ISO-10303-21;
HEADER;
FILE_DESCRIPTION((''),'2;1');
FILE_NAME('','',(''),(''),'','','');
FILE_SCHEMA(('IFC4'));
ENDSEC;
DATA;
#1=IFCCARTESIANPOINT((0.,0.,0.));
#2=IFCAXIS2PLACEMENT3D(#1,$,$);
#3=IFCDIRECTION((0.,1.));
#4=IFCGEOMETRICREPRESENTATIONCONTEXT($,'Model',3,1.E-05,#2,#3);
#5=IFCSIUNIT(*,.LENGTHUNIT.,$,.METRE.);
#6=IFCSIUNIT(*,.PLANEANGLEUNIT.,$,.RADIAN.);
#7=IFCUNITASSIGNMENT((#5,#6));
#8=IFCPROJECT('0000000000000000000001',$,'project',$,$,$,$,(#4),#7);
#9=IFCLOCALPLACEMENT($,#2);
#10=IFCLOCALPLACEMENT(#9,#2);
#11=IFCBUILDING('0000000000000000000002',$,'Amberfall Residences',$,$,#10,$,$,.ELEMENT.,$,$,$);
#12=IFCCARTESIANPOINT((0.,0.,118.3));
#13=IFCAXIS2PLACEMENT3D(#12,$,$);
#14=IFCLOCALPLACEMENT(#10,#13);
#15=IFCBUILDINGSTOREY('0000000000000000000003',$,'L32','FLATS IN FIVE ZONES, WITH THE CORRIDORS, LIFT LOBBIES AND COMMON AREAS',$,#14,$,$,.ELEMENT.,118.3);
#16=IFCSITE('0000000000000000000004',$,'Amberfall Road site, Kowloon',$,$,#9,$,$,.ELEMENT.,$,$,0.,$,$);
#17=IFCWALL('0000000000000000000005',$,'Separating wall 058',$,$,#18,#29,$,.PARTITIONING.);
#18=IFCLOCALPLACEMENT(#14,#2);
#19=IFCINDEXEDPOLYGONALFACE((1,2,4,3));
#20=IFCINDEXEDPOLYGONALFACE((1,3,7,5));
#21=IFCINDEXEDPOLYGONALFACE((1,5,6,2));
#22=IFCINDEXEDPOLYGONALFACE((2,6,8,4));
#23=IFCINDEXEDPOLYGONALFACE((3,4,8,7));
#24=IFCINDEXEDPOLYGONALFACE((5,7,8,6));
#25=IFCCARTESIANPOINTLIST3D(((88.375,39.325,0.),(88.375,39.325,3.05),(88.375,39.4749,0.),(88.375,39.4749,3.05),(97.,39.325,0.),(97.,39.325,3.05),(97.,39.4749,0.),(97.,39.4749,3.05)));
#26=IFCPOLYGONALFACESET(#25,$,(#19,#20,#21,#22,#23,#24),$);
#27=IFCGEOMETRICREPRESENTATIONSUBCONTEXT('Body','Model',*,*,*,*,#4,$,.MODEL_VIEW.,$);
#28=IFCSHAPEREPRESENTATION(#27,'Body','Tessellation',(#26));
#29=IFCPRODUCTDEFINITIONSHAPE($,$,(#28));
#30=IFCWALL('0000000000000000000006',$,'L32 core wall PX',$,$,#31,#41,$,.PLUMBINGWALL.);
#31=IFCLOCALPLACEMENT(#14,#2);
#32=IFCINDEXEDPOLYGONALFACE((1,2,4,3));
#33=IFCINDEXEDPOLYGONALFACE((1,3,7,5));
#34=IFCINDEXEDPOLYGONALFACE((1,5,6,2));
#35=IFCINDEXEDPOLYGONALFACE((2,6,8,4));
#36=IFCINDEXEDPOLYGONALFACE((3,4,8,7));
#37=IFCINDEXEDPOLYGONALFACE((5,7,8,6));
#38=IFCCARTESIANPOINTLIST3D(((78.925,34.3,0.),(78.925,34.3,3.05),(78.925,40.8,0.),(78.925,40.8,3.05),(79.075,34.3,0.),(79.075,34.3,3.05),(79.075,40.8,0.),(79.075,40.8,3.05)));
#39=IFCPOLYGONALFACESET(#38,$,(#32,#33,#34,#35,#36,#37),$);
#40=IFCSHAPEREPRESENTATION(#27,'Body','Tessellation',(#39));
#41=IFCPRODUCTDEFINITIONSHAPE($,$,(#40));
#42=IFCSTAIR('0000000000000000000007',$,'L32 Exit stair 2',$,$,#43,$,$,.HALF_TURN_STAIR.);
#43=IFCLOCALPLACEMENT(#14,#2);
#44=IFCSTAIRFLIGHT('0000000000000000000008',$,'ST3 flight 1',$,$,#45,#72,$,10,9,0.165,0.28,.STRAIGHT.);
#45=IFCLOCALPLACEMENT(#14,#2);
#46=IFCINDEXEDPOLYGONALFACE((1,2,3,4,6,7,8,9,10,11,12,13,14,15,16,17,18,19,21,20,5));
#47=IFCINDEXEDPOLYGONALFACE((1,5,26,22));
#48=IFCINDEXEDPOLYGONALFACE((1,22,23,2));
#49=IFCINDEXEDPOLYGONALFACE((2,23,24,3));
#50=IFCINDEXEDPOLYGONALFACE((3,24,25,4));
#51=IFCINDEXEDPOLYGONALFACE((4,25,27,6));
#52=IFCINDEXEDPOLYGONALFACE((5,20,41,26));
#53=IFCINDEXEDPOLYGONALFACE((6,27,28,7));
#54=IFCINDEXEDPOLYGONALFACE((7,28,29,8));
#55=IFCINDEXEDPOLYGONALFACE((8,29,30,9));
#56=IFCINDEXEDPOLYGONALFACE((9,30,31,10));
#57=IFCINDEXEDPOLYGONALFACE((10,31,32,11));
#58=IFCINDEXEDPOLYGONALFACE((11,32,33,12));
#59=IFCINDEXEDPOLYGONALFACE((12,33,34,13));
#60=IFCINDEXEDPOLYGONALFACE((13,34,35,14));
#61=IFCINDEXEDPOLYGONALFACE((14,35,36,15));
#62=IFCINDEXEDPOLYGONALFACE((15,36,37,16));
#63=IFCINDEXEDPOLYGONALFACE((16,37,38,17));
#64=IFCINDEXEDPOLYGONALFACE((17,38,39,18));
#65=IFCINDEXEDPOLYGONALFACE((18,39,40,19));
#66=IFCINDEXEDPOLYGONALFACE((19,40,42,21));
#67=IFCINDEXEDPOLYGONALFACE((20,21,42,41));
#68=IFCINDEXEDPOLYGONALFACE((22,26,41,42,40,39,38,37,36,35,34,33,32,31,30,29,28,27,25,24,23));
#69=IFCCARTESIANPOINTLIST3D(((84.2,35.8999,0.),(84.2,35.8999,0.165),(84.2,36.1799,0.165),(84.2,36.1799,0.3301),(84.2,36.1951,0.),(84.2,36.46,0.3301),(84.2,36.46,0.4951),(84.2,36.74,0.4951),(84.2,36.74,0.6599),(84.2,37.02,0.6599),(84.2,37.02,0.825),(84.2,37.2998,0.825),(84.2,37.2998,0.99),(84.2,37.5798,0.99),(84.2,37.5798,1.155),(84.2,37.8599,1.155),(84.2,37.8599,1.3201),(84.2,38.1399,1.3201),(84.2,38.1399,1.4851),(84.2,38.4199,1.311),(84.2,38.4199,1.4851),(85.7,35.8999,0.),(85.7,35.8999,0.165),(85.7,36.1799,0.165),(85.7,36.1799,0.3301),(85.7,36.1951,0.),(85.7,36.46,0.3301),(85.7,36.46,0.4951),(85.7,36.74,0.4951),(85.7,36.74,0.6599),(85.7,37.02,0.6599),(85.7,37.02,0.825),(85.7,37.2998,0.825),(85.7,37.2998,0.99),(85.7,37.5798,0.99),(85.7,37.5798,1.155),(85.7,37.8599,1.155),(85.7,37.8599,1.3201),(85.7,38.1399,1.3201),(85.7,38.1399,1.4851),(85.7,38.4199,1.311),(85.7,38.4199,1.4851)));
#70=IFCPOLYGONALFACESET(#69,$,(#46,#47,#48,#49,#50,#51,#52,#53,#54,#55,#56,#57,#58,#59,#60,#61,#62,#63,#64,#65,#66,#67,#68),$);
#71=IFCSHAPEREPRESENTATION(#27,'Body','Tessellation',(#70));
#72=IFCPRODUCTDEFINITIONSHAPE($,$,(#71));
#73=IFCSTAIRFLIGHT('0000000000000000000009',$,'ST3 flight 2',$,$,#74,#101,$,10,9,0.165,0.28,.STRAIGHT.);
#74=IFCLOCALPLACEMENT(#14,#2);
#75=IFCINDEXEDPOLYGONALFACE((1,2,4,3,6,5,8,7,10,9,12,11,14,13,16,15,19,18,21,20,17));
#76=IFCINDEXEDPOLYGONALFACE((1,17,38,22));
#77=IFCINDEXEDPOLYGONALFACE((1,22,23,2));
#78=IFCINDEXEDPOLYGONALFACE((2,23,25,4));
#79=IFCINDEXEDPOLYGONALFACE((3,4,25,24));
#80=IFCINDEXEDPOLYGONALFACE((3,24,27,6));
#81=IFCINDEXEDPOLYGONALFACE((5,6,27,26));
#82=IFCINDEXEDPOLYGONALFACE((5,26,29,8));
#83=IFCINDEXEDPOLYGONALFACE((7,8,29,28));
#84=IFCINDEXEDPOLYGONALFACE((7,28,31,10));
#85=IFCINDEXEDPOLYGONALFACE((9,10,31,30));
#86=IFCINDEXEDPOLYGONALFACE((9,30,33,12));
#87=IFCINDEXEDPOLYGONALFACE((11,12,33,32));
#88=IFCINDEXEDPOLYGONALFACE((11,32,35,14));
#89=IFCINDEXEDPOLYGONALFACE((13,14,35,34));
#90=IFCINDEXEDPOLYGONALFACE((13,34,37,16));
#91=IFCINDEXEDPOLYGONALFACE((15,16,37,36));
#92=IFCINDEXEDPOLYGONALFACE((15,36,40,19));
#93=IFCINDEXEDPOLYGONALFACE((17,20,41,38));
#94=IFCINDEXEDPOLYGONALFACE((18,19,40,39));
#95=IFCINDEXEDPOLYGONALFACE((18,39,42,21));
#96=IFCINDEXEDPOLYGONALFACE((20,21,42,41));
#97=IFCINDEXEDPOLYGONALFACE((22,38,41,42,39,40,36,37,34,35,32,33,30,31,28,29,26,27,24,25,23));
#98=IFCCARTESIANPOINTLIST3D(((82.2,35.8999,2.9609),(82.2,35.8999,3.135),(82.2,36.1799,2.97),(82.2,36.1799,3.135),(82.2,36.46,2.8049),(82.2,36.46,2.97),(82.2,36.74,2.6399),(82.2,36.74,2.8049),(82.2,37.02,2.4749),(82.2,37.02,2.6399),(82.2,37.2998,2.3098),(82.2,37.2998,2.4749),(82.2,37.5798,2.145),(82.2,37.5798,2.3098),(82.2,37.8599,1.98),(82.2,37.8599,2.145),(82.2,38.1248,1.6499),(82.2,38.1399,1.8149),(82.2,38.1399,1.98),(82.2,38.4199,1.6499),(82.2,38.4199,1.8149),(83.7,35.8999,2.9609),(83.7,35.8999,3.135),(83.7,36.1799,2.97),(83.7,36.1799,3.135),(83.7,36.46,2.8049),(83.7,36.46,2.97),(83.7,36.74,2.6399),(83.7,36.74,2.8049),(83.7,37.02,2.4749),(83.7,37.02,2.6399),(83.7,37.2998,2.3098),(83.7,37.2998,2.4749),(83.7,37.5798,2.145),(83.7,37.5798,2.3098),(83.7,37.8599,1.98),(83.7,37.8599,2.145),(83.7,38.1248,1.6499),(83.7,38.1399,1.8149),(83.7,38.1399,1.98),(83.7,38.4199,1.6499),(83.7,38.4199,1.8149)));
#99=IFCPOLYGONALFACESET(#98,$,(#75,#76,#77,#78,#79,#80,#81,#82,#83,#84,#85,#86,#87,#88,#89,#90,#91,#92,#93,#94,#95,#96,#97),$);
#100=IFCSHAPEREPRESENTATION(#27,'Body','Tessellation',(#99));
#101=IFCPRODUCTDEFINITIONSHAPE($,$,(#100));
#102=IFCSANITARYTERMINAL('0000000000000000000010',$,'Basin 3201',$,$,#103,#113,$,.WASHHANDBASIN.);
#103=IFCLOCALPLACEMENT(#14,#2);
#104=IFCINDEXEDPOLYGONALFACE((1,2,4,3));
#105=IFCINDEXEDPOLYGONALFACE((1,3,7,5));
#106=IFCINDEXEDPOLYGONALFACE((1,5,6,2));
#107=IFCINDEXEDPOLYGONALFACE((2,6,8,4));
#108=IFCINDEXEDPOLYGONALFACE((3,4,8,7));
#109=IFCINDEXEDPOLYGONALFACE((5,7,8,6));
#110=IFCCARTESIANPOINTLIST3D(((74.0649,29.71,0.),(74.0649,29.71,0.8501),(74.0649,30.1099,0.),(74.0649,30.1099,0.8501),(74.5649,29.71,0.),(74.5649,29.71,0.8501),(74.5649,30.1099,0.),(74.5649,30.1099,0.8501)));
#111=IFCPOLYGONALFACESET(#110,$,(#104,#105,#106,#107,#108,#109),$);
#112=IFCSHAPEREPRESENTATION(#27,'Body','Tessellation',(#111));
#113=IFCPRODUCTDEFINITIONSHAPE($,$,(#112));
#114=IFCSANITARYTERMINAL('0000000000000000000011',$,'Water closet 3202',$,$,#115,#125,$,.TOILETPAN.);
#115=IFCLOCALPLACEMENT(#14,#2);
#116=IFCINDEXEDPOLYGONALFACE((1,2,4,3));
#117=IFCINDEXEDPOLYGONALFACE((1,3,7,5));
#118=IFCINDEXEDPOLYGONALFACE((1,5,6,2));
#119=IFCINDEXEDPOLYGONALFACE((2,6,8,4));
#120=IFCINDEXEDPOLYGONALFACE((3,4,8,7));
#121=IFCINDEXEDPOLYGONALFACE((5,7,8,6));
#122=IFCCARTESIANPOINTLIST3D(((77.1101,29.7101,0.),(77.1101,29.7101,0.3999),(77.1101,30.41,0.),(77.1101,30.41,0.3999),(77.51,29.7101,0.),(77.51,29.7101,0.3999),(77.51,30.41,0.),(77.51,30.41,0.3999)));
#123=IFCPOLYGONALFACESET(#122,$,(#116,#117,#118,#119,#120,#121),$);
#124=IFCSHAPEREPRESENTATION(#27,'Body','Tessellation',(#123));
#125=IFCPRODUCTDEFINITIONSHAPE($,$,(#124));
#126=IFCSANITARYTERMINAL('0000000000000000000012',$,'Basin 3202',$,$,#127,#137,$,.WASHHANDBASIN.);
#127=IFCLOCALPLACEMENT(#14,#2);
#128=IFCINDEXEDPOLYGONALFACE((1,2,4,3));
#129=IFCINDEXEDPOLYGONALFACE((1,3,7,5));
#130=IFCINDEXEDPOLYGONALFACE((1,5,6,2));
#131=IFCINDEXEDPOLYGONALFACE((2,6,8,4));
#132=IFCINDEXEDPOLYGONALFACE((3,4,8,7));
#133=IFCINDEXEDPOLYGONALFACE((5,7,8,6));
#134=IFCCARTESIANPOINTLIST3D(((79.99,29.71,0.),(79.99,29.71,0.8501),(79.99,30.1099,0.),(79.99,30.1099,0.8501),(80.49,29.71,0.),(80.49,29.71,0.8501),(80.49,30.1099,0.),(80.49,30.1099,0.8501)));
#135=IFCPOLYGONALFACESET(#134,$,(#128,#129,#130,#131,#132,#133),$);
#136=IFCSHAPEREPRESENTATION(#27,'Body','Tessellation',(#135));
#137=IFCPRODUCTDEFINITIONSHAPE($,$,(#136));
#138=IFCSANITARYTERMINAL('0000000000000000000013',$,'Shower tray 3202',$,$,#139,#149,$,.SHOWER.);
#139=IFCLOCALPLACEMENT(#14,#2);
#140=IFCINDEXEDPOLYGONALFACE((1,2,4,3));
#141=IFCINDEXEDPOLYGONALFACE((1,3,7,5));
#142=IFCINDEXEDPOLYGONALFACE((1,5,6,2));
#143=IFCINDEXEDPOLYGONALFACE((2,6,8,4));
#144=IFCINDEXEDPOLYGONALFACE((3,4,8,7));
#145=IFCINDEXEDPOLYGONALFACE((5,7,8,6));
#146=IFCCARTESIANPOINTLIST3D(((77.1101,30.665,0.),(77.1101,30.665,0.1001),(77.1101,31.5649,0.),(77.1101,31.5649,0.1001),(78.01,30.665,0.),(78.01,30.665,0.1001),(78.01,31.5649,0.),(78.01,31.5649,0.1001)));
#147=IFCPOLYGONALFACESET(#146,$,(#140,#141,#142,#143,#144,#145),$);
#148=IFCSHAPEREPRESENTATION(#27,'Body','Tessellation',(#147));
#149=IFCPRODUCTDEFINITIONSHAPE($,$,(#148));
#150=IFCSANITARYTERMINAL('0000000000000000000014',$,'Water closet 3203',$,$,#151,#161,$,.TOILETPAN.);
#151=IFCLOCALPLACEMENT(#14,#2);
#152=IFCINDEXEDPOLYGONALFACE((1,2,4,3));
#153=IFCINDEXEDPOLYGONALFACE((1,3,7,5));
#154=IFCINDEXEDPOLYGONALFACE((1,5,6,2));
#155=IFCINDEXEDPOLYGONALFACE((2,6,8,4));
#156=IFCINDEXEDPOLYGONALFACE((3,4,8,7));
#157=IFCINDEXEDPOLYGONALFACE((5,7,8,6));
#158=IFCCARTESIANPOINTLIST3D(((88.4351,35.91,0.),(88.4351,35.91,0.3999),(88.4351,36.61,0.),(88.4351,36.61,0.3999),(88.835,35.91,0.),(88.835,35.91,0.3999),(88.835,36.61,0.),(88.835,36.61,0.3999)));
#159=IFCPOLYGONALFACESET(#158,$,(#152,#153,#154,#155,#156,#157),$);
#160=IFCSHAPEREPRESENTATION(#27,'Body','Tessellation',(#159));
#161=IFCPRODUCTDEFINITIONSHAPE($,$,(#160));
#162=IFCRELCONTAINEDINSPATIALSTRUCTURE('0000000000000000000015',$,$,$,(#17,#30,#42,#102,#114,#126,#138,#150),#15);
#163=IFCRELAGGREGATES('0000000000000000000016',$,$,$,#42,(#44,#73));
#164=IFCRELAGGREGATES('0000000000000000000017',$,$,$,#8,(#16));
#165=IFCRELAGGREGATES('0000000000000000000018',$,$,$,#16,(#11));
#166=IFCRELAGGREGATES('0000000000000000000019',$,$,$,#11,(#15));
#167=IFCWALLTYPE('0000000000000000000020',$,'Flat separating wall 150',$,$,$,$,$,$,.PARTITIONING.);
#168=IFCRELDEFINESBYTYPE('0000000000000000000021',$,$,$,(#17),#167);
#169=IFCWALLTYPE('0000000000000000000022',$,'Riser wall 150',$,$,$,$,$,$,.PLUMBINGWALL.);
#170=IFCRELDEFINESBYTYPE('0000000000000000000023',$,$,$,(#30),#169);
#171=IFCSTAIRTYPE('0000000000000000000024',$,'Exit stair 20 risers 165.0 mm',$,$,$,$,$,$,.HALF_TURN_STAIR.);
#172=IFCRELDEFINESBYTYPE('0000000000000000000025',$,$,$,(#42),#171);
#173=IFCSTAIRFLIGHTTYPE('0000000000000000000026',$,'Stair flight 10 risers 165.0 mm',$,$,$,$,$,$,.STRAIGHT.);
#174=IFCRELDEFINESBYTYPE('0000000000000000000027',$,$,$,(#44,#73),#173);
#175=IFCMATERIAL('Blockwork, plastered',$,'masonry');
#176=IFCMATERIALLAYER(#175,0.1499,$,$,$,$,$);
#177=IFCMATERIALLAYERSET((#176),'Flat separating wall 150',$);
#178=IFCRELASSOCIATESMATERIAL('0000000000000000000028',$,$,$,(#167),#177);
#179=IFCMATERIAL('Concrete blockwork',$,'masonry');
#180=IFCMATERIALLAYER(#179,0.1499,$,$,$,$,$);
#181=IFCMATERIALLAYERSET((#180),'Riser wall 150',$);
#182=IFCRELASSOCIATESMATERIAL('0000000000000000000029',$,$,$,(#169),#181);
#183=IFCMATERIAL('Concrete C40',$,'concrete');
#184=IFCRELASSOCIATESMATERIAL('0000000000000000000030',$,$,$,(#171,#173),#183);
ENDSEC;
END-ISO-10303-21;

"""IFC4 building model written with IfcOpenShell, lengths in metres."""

from ifc_helpers import new_model, si_unit, direction, frame, frame_2d, origin, origin_2d, place, context, subcontext, project, spatial, polyline, rectangle, outline, extrude, material, layer, layer_set, type_object, element, aggregate, save


model = new_model("IFC4")

# Units and contexts
model_context = context("Model", 3, precision=1e-05, world=origin(), true_north=direction((0.0, 1.0)))
body_context = subcontext(model_context, "Body", "Model", "MODEL_VIEW")
ifc_project = project(units=[si_unit("LENGTHUNIT", "METRE"), si_unit("PLANEANGLEUNIT", "RADIAN")], contexts=[model_context])

# Site, building, storey
site_placement = place(None, origin())
site = spatial("IfcSite", under=ifc_project, at=site_placement, Name="Amberfall Road site, Kowloon", CompositionType="ELEMENT", RefElevation=0.0)
building_placement = place(site_placement, origin())
building = spatial("IfcBuilding", under=site, at=building_placement, Name="Amberfall Residences", CompositionType="ELEMENT")
storey_placement = place(building_placement, frame((0.0, 0.0, 118.3)))
storey = spatial("IfcBuildingStorey", under=building, at=storey_placement, Name="L32", Description="FLATS IN FIVE ZONES, WITH THE CORRIDORS, LIFT LOBBIES AND COMMON AREAS", CompositionType="ELEMENT", Elevation=118.3)

# Walls
ifc_material_1 = material(Name="Blockwork, plastered", Category="masonry")
ifc_layer_1 = layer(ifc_material_1, 0.1499)
ifc_layer_set_1 = layer_set([ifc_layer_1], Name="Flat separating wall 150")
wall_type_1 = type_object("IfcWallType", Name="Flat separating wall 150", PredefinedType="PARTITIONING", material=ifc_layer_set_1)
wall_1_placement = place(storey_placement, frame((88.375, 39.3999, 0.0), z_axis=(0.0, 0.0, 1.0), x_axis=(1.0, 0.0, 0.0)))
element("IfcWall", 1, at=wall_1_placement, inside=storey, type_object=wall_type_1, Name="Separating wall 058", PredefinedType="PARTITIONING", context=body_context, shape_type="SweptSolid", body=[
    extrude(rectangle(XDim=8.625, YDim=0.1499, at=frame_2d((4.3125, 0.0))), origin(), (0.0, 0.0, 1.0), 3.05),
])
ifc_material_2 = material(Name="Concrete blockwork", Category="masonry")
ifc_layer_2 = layer(ifc_material_2, 0.1499)
ifc_layer_set_2 = layer_set([ifc_layer_2], Name="Riser wall 150")
wall_type_2 = type_object("IfcWallType", Name="Riser wall 150", PredefinedType="PLUMBINGWALL", material=ifc_layer_set_2)
wall_2_placement = place(storey_placement, frame((79.0, 34.3, 0.0), z_axis=(0.0, 0.0, 1.0), x_axis=(0.0, 1.0, 0.0)))
element("IfcWall", 2, at=wall_2_placement, inside=storey, type_object=wall_type_2, Name="L32 core wall PX", PredefinedType="PLUMBINGWALL", context=body_context, shape_type="SweptSolid", body=[
    extrude(rectangle(XDim=6.5, YDim=0.1499, at=frame_2d((3.25, 0.0))), origin(), (0.0, 0.0, 1.0), 3.05),
])

# Stair, stair flights
ifc_material_3 = material(Name="Concrete C40", Category="concrete")
stair_type = type_object("IfcStairType", Name="Exit stair 20 risers 165.0 mm", PredefinedType="HALF_TURN_STAIR", material=ifc_material_3)
stair_placement = place(storey_placement, origin())
stair = element("IfcStair", 3, at=stair_placement, inside=storey, type_object=stair_type, Name="L32 Exit stair 2", PredefinedType="HALF_TURN_STAIR")
stair_flight_type = type_object("IfcStairFlightType", Name="Stair flight 10 risers 165.0 mm", PredefinedType="STRAIGHT", material=ifc_material_3)
stair_flight_1_placement = place(storey_placement, frame((84.95, 35.8999, 0.0), z_axis=(0.0, 0.0, 1.0), x_axis=(0.0, 1.0, 0.0)))
stair_flight_1 = element("IfcStairFlight", 4, at=stair_flight_1_placement, type_object=stair_flight_type, Name="ST3 flight 1", NumberOfRisers=10, NumberOfTreads=9, PredefinedType="STRAIGHT", RiserHeight=0.165, TreadLength=0.28, context=body_context, shape_type="SweptSolid", body=[
    extrude(outline(polyline([(0.0, 0.0), (0.0, 0.165), (0.28, 0.165), (0.28, 0.3301), (0.5601, 0.3301), (0.5601, 0.4951), (0.8401, 0.4951), (0.8401, 0.6599), (1.1201, 0.6599), (1.1201, 0.825), (1.3999, 0.825), (1.3999, 0.99), (1.6799, 0.99), (1.6799, 1.155), (1.96, 1.155), (1.96, 1.3201), (2.24, 1.3201), (2.24, 1.4851), (2.52, 1.4851), (2.52, 1.6499), (2.52, 1.311), (0.2952, 0.0), (0.0, 0.0)])), frame((0.0, 0.75, 0.0), z_axis=(0.0, -1.0, 0.0), x_axis=(1.0, 0.0, 0.0)), (0.0, 0.0, 1.0), 1.5),
])
stair_flight_2_placement = place(storey_placement, frame((82.95, 38.4199, 1.6499), z_axis=(0.0, 0.0, 1.0), x_axis=(0.0, -1.0, 0.0)))
stair_flight_2 = element("IfcStairFlight", 5, at=stair_flight_2_placement, type_object=stair_flight_type, Name="ST3 flight 2", NumberOfRisers=10, NumberOfTreads=9, PredefinedType="STRAIGHT", RiserHeight=0.165, TreadLength=0.28, context=body_context, shape_type="SweptSolid", body=[
    extrude(outline(polyline([(0.0, 0.0), (0.0, 0.165), (0.28, 0.165), (0.28, 0.3301), (0.5601, 0.3301), (0.5601, 0.4951), (0.8401, 0.4951), (0.8401, 0.6599), (1.1201, 0.6599), (1.1201, 0.825), (1.3999, 0.825), (1.3999, 0.99), (1.6799, 0.99), (1.6799, 1.155), (1.96, 1.155), (1.96, 1.3201), (2.24, 1.3201), (2.24, 1.4851), (2.52, 1.4851), (2.52, 1.6499), (2.52, 1.311), (0.2952, 0.0), (0.0, 0.0)])), frame((0.0, 0.75, 0.0), z_axis=(0.0, -1.0, 0.0), x_axis=(1.0, 0.0, 0.0)), (0.0, 0.0, 1.0), 1.5),
])
aggregate(stair, [stair_flight_1, stair_flight_2])

# Sanitary terminals
sanitary_terminal_1_placement = place(storey_placement, frame((74.3149, 29.9099, 0.0), z_axis=(0.0, 0.0, 1.0), x_axis=(1.0, 0.0, 0.0)))
element("IfcSanitaryTerminal", 6, at=sanitary_terminal_1_placement, inside=storey, Name="Basin 3201", PredefinedType="WASHHANDBASIN", context=body_context, shape_type="SweptSolid", body=[
    extrude(rectangle(XDim=0.5, YDim=0.3999, at=origin_2d()), origin(), (0.0, 0.0, 1.0), 0.8501),
])
sanitary_terminal_2_placement = place(storey_placement, frame((77.3101, 30.0601, 0.0), z_axis=(0.0, 0.0, 1.0), x_axis=(1.0, 0.0, 0.0)))
element("IfcSanitaryTerminal", 7, at=sanitary_terminal_2_placement, inside=storey, Name="Water closet 3202", PredefinedType="TOILETPAN", context=body_context, shape_type="SweptSolid", body=[
    extrude(rectangle(XDim=0.3999, YDim=0.7, at=origin_2d()), origin(), (0.0, 0.0, 1.0), 0.3999),
])
sanitary_terminal_3_placement = place(storey_placement, frame((80.24, 29.9099, 0.0), z_axis=(0.0, 0.0, 1.0), x_axis=(1.0, 0.0, 0.0)))
element("IfcSanitaryTerminal", 8, at=sanitary_terminal_3_placement, inside=storey, Name="Basin 3202", PredefinedType="WASHHANDBASIN", context=body_context, shape_type="SweptSolid", body=[
    extrude(rectangle(XDim=0.5, YDim=0.3999, at=origin_2d()), origin(), (0.0, 0.0, 1.0), 0.8501),
])
sanitary_terminal_4_placement = place(storey_placement, frame((77.5601, 31.115, 0.0), z_axis=(0.0, 0.0, 1.0), x_axis=(1.0, 0.0, 0.0)))
element("IfcSanitaryTerminal", 9, at=sanitary_terminal_4_placement, inside=storey, Name="Shower tray 3202", PredefinedType="SHOWER", context=body_context, shape_type="SweptSolid", body=[
    extrude(rectangle(XDim=0.8999, YDim=0.8999, at=origin_2d()), origin(), (0.0, 0.0, 1.0), 0.1001),
])
sanitary_terminal_5_placement = place(storey_placement, frame((88.635, 36.26, 0.0), z_axis=(0.0, 0.0, 1.0), x_axis=(1.0, 0.0, 0.0)))
element("IfcSanitaryTerminal", 10, at=sanitary_terminal_5_placement, inside=storey, Name="Water closet 3203", PredefinedType="TOILETPAN", context=body_context, shape_type="SweptSolid", body=[
    extrude(rectangle(XDim=0.3999, YDim=0.7, at=origin_2d()), origin(), (0.0, 0.0, 1.0), 0.3999),
])

save(model, "model.ifc")
